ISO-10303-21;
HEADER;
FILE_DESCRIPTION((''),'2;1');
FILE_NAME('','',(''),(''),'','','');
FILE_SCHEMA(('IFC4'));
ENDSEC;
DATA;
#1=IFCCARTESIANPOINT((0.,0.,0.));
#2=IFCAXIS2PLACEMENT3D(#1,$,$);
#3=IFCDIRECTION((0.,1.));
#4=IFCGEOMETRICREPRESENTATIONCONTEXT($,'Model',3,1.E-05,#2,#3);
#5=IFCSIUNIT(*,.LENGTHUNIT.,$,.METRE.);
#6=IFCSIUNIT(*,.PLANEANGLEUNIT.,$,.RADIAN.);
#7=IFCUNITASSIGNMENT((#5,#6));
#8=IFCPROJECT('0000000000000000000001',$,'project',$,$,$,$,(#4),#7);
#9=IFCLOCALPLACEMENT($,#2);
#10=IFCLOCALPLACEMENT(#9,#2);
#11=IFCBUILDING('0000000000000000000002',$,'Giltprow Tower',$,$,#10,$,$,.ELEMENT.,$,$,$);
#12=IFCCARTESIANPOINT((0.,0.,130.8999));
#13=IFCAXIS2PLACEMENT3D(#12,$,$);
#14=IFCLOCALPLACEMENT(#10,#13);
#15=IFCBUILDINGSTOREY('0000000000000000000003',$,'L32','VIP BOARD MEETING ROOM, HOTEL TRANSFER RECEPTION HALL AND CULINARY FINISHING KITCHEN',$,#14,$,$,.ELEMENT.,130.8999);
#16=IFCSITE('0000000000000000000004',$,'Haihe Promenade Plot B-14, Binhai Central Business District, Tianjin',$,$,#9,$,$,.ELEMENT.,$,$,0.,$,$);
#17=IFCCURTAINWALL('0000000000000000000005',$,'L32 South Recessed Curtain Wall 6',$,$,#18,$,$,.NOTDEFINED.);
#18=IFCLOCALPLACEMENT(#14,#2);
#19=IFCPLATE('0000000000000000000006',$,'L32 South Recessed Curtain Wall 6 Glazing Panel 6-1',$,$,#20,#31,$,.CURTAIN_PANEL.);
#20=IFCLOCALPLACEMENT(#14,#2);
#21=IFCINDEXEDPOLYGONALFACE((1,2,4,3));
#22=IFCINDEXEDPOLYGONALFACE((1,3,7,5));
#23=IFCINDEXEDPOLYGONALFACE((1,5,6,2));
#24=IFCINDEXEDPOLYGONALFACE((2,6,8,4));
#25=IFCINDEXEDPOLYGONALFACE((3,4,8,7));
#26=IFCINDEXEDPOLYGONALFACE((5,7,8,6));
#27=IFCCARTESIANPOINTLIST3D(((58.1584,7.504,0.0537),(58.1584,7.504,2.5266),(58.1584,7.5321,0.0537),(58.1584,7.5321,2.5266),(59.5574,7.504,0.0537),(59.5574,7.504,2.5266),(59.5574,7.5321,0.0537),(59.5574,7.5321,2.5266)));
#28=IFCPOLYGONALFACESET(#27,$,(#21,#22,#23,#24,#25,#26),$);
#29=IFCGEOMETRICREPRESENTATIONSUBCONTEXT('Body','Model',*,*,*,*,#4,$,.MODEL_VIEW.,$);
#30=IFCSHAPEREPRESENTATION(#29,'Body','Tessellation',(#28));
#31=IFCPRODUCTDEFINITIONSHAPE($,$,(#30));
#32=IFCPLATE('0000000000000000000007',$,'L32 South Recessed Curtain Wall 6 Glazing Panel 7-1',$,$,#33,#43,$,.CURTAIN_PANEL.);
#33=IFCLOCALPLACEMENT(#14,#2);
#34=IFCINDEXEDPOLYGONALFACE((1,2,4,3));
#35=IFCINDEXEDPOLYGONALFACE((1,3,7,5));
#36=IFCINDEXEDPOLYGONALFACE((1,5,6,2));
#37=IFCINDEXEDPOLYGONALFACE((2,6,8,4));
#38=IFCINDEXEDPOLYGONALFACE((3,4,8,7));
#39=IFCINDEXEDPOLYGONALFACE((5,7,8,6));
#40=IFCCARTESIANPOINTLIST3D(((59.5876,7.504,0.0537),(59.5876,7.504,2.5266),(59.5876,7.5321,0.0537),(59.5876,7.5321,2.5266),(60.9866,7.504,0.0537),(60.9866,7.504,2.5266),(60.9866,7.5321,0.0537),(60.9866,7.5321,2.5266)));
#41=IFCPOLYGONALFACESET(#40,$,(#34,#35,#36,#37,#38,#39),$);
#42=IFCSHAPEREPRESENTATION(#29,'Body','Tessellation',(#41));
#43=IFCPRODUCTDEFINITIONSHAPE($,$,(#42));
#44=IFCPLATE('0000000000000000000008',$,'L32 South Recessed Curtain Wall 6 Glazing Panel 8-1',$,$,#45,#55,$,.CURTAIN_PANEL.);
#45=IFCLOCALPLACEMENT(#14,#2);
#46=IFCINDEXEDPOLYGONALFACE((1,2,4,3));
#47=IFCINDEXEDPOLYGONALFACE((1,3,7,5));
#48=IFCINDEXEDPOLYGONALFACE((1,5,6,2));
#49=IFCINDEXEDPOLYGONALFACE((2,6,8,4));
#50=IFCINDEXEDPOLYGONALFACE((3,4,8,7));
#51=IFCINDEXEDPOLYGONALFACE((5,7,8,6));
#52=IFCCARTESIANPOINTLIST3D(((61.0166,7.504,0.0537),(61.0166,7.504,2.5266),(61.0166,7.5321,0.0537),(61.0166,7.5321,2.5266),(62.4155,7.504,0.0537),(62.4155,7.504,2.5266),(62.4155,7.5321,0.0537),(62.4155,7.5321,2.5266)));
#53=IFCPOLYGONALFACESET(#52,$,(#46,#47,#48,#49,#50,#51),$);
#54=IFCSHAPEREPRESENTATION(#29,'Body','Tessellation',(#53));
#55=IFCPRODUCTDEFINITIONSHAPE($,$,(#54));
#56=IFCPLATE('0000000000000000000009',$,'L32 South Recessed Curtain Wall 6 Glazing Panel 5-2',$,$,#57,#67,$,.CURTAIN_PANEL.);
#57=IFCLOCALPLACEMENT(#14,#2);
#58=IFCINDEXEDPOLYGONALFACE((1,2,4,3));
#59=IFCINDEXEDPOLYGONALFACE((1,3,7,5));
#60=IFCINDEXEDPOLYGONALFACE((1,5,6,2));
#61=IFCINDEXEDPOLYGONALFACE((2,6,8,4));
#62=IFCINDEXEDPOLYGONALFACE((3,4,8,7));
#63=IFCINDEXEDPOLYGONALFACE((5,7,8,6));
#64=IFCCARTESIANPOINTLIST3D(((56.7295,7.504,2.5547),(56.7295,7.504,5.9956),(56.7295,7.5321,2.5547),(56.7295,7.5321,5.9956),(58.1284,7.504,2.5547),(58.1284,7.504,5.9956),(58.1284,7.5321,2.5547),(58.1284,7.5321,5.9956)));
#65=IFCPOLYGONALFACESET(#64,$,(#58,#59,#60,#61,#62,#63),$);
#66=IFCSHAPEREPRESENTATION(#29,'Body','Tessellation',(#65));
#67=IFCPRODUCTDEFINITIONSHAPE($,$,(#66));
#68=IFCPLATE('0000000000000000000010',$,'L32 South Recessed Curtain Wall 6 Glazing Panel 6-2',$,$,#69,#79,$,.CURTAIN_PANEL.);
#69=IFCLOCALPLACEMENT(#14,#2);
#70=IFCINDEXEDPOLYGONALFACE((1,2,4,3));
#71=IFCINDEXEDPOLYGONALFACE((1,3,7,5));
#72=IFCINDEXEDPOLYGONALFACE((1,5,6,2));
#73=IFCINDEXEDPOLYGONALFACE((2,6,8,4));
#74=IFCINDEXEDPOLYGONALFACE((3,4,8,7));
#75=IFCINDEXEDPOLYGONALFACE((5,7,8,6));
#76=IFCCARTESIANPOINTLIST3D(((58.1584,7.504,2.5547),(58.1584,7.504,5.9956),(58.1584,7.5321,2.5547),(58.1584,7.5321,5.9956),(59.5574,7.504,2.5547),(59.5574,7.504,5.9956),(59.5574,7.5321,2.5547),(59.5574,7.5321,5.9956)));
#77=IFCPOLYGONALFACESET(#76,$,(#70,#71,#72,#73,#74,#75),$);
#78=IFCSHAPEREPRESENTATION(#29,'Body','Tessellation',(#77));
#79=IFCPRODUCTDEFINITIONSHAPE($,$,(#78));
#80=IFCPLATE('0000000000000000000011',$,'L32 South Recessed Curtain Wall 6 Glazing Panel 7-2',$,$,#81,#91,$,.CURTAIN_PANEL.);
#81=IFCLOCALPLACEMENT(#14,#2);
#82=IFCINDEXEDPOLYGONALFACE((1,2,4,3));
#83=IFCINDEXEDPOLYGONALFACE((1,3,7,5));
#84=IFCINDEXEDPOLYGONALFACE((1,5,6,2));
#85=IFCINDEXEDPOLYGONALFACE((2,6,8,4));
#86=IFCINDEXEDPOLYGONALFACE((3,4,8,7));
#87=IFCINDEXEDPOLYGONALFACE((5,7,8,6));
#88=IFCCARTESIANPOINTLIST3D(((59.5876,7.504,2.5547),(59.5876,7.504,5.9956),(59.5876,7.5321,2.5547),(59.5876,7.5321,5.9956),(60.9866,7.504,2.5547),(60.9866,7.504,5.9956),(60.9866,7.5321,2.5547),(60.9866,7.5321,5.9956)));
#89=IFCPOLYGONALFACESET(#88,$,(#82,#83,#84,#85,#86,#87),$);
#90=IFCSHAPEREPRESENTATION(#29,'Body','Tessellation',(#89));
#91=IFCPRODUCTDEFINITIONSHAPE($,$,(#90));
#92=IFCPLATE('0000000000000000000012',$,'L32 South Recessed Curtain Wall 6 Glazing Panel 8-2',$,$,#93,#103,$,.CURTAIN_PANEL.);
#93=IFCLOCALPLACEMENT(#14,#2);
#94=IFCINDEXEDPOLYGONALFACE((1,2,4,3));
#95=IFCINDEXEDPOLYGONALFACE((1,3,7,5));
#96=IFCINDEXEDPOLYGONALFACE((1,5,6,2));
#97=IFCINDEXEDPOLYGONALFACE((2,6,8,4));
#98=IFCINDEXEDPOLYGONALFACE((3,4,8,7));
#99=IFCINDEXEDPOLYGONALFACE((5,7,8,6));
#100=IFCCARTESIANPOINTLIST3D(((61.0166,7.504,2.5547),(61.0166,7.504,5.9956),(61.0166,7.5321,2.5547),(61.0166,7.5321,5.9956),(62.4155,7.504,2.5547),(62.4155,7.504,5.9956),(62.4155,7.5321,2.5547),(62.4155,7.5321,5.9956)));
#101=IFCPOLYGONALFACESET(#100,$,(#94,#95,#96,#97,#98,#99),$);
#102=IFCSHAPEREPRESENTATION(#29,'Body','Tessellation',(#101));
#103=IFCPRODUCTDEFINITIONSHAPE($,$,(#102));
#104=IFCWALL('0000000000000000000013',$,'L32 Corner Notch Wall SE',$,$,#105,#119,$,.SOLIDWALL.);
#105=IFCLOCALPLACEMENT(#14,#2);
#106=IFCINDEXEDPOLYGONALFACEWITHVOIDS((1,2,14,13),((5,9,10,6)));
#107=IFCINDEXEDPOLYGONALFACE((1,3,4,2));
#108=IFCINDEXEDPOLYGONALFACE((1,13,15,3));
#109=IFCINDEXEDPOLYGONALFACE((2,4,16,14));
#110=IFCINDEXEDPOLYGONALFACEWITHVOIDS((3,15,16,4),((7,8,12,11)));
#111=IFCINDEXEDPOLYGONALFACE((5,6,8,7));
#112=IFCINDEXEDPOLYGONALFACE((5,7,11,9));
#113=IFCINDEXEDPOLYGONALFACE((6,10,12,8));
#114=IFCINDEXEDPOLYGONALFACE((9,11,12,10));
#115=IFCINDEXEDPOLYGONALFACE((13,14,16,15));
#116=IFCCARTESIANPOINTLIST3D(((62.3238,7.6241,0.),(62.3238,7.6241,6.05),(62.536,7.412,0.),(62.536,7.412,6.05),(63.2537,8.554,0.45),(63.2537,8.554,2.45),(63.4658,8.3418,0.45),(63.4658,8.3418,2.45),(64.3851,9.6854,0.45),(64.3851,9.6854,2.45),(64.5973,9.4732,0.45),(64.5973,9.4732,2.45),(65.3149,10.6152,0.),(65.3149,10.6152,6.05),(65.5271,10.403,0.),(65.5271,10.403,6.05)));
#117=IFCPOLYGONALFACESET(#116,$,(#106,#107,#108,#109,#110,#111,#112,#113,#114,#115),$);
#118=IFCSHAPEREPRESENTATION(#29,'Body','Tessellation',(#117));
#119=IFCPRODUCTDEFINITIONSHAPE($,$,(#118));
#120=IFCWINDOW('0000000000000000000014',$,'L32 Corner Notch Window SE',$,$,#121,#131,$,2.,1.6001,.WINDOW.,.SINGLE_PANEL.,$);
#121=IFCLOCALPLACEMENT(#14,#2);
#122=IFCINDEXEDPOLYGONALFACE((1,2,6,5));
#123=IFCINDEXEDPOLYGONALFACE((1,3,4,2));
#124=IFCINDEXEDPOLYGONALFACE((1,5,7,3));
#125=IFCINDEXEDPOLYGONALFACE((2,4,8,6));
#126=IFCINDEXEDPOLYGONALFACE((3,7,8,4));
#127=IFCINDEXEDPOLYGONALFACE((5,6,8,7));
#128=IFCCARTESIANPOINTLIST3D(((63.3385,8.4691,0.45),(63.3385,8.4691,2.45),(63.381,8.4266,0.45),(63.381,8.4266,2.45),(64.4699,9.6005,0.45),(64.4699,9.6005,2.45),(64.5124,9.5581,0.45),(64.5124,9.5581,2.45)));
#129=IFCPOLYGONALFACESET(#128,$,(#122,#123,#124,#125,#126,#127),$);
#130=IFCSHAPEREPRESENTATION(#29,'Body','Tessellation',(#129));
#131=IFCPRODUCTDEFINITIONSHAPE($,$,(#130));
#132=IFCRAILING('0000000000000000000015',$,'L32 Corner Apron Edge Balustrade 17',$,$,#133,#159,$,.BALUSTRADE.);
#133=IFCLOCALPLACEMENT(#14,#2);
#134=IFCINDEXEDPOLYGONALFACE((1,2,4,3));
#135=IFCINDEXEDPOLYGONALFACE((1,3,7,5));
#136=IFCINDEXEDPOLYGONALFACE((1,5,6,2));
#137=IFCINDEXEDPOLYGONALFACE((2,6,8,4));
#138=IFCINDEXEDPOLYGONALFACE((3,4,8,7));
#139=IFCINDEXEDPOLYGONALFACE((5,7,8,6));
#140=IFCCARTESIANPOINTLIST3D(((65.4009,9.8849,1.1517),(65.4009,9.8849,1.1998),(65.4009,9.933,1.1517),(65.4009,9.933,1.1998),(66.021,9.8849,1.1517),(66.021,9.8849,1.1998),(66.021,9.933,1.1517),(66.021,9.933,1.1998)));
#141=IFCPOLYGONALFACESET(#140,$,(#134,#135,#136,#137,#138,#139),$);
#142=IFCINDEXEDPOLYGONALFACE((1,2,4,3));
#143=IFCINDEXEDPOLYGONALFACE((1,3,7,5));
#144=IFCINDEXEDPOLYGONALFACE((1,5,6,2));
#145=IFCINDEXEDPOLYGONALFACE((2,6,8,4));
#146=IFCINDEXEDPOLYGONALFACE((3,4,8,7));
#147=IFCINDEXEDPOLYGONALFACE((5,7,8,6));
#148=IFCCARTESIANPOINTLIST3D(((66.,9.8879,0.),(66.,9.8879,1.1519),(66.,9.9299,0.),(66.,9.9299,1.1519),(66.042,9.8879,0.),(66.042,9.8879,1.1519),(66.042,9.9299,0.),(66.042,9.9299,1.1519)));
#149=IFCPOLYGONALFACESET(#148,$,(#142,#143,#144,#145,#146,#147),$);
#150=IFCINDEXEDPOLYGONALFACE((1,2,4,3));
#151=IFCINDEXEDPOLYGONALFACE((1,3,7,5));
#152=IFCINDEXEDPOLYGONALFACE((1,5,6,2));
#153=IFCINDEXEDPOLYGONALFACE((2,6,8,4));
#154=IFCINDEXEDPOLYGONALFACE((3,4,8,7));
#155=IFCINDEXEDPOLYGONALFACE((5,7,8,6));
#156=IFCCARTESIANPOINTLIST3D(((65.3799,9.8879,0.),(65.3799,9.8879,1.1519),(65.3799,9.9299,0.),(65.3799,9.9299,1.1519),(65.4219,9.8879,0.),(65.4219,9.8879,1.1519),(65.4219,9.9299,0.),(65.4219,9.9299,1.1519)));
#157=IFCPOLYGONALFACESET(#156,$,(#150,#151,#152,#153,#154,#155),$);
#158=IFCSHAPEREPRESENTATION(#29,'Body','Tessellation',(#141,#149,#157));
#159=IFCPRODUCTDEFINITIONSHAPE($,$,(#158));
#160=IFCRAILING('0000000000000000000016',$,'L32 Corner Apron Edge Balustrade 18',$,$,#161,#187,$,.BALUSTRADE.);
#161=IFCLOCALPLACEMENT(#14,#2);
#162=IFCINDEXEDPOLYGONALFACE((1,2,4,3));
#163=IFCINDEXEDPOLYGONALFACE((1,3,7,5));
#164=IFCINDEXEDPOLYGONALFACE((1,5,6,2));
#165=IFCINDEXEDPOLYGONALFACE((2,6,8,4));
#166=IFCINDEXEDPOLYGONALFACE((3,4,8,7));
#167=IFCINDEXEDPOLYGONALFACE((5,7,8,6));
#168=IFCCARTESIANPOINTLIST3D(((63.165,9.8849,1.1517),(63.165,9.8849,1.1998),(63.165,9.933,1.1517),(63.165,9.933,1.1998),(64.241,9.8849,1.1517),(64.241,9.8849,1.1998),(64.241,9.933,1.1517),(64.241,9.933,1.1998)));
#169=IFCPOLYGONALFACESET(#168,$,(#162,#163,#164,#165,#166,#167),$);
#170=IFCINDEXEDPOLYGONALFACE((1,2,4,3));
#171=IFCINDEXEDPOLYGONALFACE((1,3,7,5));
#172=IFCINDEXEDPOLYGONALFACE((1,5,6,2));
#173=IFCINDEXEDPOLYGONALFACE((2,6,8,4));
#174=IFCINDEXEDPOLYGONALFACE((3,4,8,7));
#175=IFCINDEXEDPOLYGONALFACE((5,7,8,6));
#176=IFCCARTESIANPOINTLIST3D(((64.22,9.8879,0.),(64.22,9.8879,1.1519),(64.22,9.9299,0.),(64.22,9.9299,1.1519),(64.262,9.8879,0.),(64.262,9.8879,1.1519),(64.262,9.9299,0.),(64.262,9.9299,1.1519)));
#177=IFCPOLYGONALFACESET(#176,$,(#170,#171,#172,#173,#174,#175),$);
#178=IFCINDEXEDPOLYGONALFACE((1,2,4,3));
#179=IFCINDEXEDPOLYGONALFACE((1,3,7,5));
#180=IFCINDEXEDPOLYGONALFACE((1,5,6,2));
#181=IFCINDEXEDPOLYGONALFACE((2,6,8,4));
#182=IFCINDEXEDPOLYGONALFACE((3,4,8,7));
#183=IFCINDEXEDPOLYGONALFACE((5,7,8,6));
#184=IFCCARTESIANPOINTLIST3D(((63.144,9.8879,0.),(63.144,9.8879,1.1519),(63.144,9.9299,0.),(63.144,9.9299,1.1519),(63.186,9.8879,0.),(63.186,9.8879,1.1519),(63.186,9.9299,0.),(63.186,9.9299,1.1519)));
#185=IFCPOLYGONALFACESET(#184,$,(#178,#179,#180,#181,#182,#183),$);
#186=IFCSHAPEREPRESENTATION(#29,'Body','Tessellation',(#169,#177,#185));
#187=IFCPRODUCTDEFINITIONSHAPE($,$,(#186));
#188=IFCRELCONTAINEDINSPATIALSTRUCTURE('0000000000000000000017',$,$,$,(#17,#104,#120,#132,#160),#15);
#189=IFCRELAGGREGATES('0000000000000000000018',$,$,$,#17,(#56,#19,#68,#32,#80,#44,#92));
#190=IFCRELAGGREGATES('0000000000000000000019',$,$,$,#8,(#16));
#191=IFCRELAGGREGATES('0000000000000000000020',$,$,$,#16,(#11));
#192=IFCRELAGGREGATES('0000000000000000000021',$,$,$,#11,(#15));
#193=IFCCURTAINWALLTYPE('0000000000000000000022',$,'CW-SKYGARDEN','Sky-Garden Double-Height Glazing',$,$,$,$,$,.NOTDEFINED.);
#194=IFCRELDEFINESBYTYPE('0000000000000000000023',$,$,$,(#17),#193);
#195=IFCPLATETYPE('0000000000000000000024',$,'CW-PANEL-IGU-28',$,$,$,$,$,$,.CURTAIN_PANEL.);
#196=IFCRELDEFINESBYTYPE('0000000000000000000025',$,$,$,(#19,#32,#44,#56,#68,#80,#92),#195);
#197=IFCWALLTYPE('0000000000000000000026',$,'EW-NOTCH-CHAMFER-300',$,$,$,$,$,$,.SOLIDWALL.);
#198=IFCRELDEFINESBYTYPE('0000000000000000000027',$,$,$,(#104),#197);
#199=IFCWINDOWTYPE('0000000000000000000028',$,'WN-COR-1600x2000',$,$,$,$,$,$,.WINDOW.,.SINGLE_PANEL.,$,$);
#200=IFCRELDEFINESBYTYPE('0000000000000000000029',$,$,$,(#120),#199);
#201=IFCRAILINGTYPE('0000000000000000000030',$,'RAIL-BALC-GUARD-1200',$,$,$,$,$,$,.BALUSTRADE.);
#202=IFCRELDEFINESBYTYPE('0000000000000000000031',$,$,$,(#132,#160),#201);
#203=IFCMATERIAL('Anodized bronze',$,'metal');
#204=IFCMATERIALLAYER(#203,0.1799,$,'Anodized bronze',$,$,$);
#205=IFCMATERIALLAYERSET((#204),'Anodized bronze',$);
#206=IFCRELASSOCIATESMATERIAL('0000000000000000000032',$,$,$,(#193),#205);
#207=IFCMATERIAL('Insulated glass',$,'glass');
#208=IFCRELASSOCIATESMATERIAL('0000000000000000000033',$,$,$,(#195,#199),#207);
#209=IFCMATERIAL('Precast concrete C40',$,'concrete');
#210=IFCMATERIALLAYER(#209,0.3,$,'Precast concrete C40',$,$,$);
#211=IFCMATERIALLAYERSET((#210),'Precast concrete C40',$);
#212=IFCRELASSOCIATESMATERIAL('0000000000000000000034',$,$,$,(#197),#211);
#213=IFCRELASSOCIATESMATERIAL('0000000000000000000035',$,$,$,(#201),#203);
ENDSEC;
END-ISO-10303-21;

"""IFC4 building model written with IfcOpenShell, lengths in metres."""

from ifc_helpers import new_model, si_unit, direction, frame, frame_2d, origin, origin_2d, place, context, subcontext, project, spatial, rectangle, extrude, source, transform, mapped, material, layer, layer_set, type_object, element, fill, aggregate, save


model = new_model("IFC4")

# Units and contexts
model_context = context("Model", 3, precision=1e-05, world=origin(), true_north=direction((0.0, 1.0)))
body_context = subcontext(model_context, "Body", "Model", "MODEL_VIEW")
ifc_project = project(units=[si_unit("LENGTHUNIT", "METRE"), si_unit("PLANEANGLEUNIT", "RADIAN")], contexts=[model_context])

# Site, building, storey
site_placement = place(None, origin())
site = spatial("IfcSite", under=ifc_project, at=site_placement, Name="Haihe Promenade Plot B-14, Binhai Central Business District, Tianjin", CompositionType="ELEMENT", RefElevation=0.0)
building_placement = place(site_placement, origin())
building = spatial("IfcBuilding", under=site, at=building_placement, Name="Giltprow Tower", CompositionType="ELEMENT")
storey_placement = place(building_placement, frame((0.0, 0.0, 130.8999)))
storey = spatial("IfcBuildingStorey", under=building, at=storey_placement, Name="L32", Description="VIP BOARD MEETING ROOM, HOTEL TRANSFER RECEPTION HALL AND CULINARY FINISHING KITCHEN", CompositionType="ELEMENT", Elevation=130.8999)

# Curtain wall
ifc_material_1 = material(Name="Anodized bronze", Category="metal")
ifc_layer_1 = layer(ifc_material_1, 0.1799, Name="Anodized bronze")
ifc_layer_set_1 = layer_set([ifc_layer_1], Name="Anodized bronze")
curtain_wall_type = type_object("IfcCurtainWallType", Name="CW-SKYGARDEN", Description="Sky-Garden Double-Height Glazing", PredefinedType="NOTDEFINED", material=ifc_layer_set_1)
curtain_wall_1_placement = place(storey_placement, origin())
curtain_wall_1 = element("IfcCurtainWall", 1, at=curtain_wall_1_placement, inside=storey, type_object=curtain_wall_type, Name="L32 South Recessed Curtain Wall 6", PredefinedType="NOTDEFINED")

# Plates
ifc_material_2 = material(Name="Insulated glass", Category="glass")
plate_type_1 = type_object("IfcPlateType", Name="CW-PANEL-IGU-28", PredefinedType="CURTAIN_PANEL", material=ifc_material_2)
shared_shape_1 = source(origin(), body_context, "Body", "SweptSolid", [
    extrude(rectangle(XDim=1.3989, YDim=0.0281, at=origin_2d()), origin(), (0.0, 0.0, 1.0), 2.4729),
])
plate_1_placement = place(storey_placement, frame((58.8579, 7.5181, 0.0537), z_axis=(0.0, 0.0, 1.0), x_axis=(1.0, 0.0, 0.0)))
plate_1 = element("IfcPlate", 2, at=plate_1_placement, type_object=plate_type_1, Name="L32 South Recessed Curtain Wall 6 Glazing Panel 6-1", PredefinedType="CURTAIN_PANEL", context=body_context, shape_type="MappedRepresentation", body=[
    mapped(shared_shape_1, transform((0.0, 0.0, 0.0), x_axis=(1.0, 0.0, 0.0), y_axis=(0.0, 1.0, 0.0), z_axis=(0.0, 0.0, 1.0), scale=1.0)),
])
plate_2_placement = place(storey_placement, frame((60.2871, 7.5181, 0.0537), z_axis=(0.0, 0.0, 1.0), x_axis=(1.0, 0.0, 0.0)))
plate_2 = element("IfcPlate", 3, at=plate_2_placement, type_object=plate_type_1, Name="L32 South Recessed Curtain Wall 6 Glazing Panel 7-1", PredefinedType="CURTAIN_PANEL", context=body_context, shape_type="MappedRepresentation", body=[
    mapped(shared_shape_1, transform((0.0, 0.0, 0.0), x_axis=(1.0, 0.0, 0.0), y_axis=(0.0, 1.0, 0.0), z_axis=(0.0, 0.0, 1.0), scale=1.0)),
])
plate_3_placement = place(storey_placement, frame((61.7161, 7.5181, 0.0537), z_axis=(0.0, 0.0, 1.0), x_axis=(1.0, 0.0, 0.0)))
plate_3 = element("IfcPlate", 4, at=plate_3_placement, type_object=plate_type_1, Name="L32 South Recessed Curtain Wall 6 Glazing Panel 8-1", PredefinedType="CURTAIN_PANEL", context=body_context, shape_type="MappedRepresentation", body=[
    mapped(shared_shape_1, transform((0.0, 0.0, 0.0), x_axis=(1.0, 0.0, 0.0), y_axis=(0.0, 1.0, 0.0), z_axis=(0.0, 0.0, 1.0), scale=1.0)),
])
shared_shape_2 = source(origin(), body_context, "Body", "SweptSolid", [
    extrude(rectangle(XDim=1.3989, YDim=0.0281, at=origin_2d()), origin(), (0.0, 0.0, 1.0), 3.4409),
])
plate_4_placement = place(storey_placement, frame((57.429, 7.5181, 2.5547), z_axis=(0.0, 0.0, 1.0), x_axis=(1.0, 0.0, 0.0)))
plate_4 = element("IfcPlate", 5, at=plate_4_placement, type_object=plate_type_1, Name="L32 South Recessed Curtain Wall 6 Glazing Panel 5-2", PredefinedType="CURTAIN_PANEL", context=body_context, shape_type="MappedRepresentation", body=[
    mapped(shared_shape_2, transform((0.0, 0.0, 0.0), x_axis=(1.0, 0.0, 0.0), y_axis=(0.0, 1.0, 0.0), z_axis=(0.0, 0.0, 1.0), scale=1.0)),
])
plate_5_placement = place(storey_placement, frame((58.8579, 7.5181, 2.5547), z_axis=(0.0, 0.0, 1.0), x_axis=(1.0, 0.0, 0.0)))
plate_5 = element("IfcPlate", 6, at=plate_5_placement, type_object=plate_type_1, Name="L32 South Recessed Curtain Wall 6 Glazing Panel 6-2", PredefinedType="CURTAIN_PANEL", context=body_context, shape_type="MappedRepresentation", body=[
    mapped(shared_shape_2, transform((0.0, 0.0, 0.0), x_axis=(1.0, 0.0, 0.0), y_axis=(0.0, 1.0, 0.0), z_axis=(0.0, 0.0, 1.0), scale=1.0)),
])
plate_6_placement = place(storey_placement, frame((60.2871, 7.5181, 2.5547), z_axis=(0.0, 0.0, 1.0), x_axis=(1.0, 0.0, 0.0)))
plate_6 = element("IfcPlate", 7, at=plate_6_placement, type_object=plate_type_1, Name="L32 South Recessed Curtain Wall 6 Glazing Panel 7-2", PredefinedType="CURTAIN_PANEL", context=body_context, shape_type="MappedRepresentation", body=[
    mapped(shared_shape_2, transform((0.0, 0.0, 0.0), x_axis=(1.0, 0.0, 0.0), y_axis=(0.0, 1.0, 0.0), z_axis=(0.0, 0.0, 1.0), scale=1.0)),
])
plate_7_placement = place(storey_placement, frame((61.7161, 7.5181, 2.5547), z_axis=(0.0, 0.0, 1.0), x_axis=(1.0, 0.0, 0.0)))
plate_7 = element("IfcPlate", 8, at=plate_7_placement, type_object=plate_type_1, Name="L32 South Recessed Curtain Wall 6 Glazing Panel 8-2", PredefinedType="CURTAIN_PANEL", context=body_context, shape_type="MappedRepresentation", body=[
    mapped(shared_shape_2, transform((0.0, 0.0, 0.0), x_axis=(1.0, 0.0, 0.0), y_axis=(0.0, 1.0, 0.0), z_axis=(0.0, 0.0, 1.0), scale=1.0)),
])
aggregate(curtain_wall_1, [plate_4, plate_1, plate_5, plate_2, plate_6, plate_3, plate_7])

# Wall, opening, window
ifc_material_3 = material(Name="Precast concrete C40", Category="concrete")
ifc_layer_2 = layer(ifc_material_3, 0.3, Name="Precast concrete C40")
ifc_layer_set_2 = layer_set([ifc_layer_2], Name="Precast concrete C40")
wall_type = type_object("IfcWallType", Name="EW-NOTCH-CHAMFER-300", PredefinedType="SOLIDWALL", material=ifc_layer_set_2)
wall_placement = place(storey_placement, frame((62.4299, 7.5181, 0.0), z_axis=(0.0, 0.0, 1.0), x_axis=(0.707107, 0.707107, 0.0)))
wall = element("IfcWall", 9, at=wall_placement, inside=storey, type_object=wall_type, Name="L32 Corner Notch Wall SE", PredefinedType="SOLIDWALL", context=body_context, shape_type="SweptSolid", body=[
    extrude(rectangle(XDim=4.23, YDim=0.3, at=frame_2d((2.115, 0.0))), origin(), (0.0, 0.0, 1.0), 6.05),
])
opening_placement = place(wall_placement, frame((1.3149, 0.0, 0.45)))
opening = element("IfcOpeningElement", 10, at=opening_placement, cuts=wall, PredefinedType="OPENING", context=body_context, shape_type="SweptSolid", body=[
    extrude(rectangle(XDim=1.6001, YDim=2.0, at=frame_2d((0.8, 1.0))), frame((0.0, 0.1599, 0.0), z_axis=(0.0, -1.0, 0.0), x_axis=(1.0, 0.0, 0.0)), (0.0, 0.0, 1.0), 0.3201),
])
window_type = type_object("IfcWindowType", Name="WN-COR-1600x2000", PartitioningType="SINGLE_PANEL", PredefinedType="WINDOW", material=ifc_material_2)
shared_shape_3 = source(origin(), body_context, "Body", "SweptSolid", [
    extrude(rectangle(XDim=1.6001, YDim=2.0, at=frame_2d((0.8, 1.0))), frame((0.0, 0.03, 0.0), z_axis=(0.0, -1.0, 0.0), x_axis=(1.0, 0.0, 0.0)), (0.0, 0.0, 1.0), 0.0601),
])
window_placement = place(opening_placement, origin())
window = element("IfcWindow", 11, at=window_placement, inside=storey, type_object=window_type, Name="L32 Corner Notch Window SE", OverallHeight=2.0, OverallWidth=1.6001, PartitioningType="SINGLE_PANEL", PredefinedType="WINDOW", context=body_context, shape_type="MappedRepresentation", body=[
    mapped(shared_shape_3, transform((0.0, 0.0, 0.0), x_axis=(1.0, 0.0, 0.0), y_axis=(0.0, 1.0, 0.0), z_axis=(0.0, 0.0, 1.0), scale=1.0)),
])
fill(opening, window)

# Railings
railing_type_1 = type_object("IfcRailingType", Name="RAIL-BALC-GUARD-1200", PredefinedType="BALUSTRADE", material=ifc_material_1)
railing_1_placement = place(storey_placement, frame((66.021, 9.9089, 0.0)))
element("IfcRailing", 12, at=railing_1_placement, inside=storey, type_object=railing_type_1, Name="L32 Corner Apron Edge Balustrade 17", PredefinedType="BALUSTRADE", context=body_context, shape_type="SweptSolid", body=[
    extrude(rectangle(XDim=0.0481, YDim=0.0481, at=origin_2d()), frame((0.0, 0.0, 1.1758), z_axis=(-1.0, 0.0, 0.0), x_axis=(0.0, -1.0, 0.0)), (0.0, 0.0, 1.0), 0.6201),
    extrude(rectangle(XDim=0.042, YDim=0.042, at=origin_2d()), origin(), (0.0, 0.0, 1.0), 1.1519),
    extrude(rectangle(XDim=0.042, YDim=0.042, at=origin_2d()), frame((-0.6201, 0.0, 0.0)), (0.0, 0.0, 1.0), 1.1519),
])
railing_2_placement = place(storey_placement, frame((64.241, 9.9089, 0.0)))
element("IfcRailing", 13, at=railing_2_placement, inside=storey, type_object=railing_type_1, Name="L32 Corner Apron Edge Balustrade 18", PredefinedType="BALUSTRADE", context=body_context, shape_type="SweptSolid", body=[
    extrude(rectangle(XDim=0.0481, YDim=0.0481, at=origin_2d()), frame((0.0, 0.0, 1.1758), z_axis=(-1.0, 0.0, 0.0), x_axis=(0.0, -1.0, 0.0)), (0.0, 0.0, 1.0), 1.0759),
    extrude(rectangle(XDim=0.042, YDim=0.042, at=origin_2d()), origin(), (0.0, 0.0, 1.0), 1.1519),
    extrude(rectangle(XDim=0.042, YDim=0.042, at=origin_2d()), frame((-1.0759, 0.0, 0.0)), (0.0, 0.0, 1.0), 1.1519),
])

save(model, "model.ifc")
